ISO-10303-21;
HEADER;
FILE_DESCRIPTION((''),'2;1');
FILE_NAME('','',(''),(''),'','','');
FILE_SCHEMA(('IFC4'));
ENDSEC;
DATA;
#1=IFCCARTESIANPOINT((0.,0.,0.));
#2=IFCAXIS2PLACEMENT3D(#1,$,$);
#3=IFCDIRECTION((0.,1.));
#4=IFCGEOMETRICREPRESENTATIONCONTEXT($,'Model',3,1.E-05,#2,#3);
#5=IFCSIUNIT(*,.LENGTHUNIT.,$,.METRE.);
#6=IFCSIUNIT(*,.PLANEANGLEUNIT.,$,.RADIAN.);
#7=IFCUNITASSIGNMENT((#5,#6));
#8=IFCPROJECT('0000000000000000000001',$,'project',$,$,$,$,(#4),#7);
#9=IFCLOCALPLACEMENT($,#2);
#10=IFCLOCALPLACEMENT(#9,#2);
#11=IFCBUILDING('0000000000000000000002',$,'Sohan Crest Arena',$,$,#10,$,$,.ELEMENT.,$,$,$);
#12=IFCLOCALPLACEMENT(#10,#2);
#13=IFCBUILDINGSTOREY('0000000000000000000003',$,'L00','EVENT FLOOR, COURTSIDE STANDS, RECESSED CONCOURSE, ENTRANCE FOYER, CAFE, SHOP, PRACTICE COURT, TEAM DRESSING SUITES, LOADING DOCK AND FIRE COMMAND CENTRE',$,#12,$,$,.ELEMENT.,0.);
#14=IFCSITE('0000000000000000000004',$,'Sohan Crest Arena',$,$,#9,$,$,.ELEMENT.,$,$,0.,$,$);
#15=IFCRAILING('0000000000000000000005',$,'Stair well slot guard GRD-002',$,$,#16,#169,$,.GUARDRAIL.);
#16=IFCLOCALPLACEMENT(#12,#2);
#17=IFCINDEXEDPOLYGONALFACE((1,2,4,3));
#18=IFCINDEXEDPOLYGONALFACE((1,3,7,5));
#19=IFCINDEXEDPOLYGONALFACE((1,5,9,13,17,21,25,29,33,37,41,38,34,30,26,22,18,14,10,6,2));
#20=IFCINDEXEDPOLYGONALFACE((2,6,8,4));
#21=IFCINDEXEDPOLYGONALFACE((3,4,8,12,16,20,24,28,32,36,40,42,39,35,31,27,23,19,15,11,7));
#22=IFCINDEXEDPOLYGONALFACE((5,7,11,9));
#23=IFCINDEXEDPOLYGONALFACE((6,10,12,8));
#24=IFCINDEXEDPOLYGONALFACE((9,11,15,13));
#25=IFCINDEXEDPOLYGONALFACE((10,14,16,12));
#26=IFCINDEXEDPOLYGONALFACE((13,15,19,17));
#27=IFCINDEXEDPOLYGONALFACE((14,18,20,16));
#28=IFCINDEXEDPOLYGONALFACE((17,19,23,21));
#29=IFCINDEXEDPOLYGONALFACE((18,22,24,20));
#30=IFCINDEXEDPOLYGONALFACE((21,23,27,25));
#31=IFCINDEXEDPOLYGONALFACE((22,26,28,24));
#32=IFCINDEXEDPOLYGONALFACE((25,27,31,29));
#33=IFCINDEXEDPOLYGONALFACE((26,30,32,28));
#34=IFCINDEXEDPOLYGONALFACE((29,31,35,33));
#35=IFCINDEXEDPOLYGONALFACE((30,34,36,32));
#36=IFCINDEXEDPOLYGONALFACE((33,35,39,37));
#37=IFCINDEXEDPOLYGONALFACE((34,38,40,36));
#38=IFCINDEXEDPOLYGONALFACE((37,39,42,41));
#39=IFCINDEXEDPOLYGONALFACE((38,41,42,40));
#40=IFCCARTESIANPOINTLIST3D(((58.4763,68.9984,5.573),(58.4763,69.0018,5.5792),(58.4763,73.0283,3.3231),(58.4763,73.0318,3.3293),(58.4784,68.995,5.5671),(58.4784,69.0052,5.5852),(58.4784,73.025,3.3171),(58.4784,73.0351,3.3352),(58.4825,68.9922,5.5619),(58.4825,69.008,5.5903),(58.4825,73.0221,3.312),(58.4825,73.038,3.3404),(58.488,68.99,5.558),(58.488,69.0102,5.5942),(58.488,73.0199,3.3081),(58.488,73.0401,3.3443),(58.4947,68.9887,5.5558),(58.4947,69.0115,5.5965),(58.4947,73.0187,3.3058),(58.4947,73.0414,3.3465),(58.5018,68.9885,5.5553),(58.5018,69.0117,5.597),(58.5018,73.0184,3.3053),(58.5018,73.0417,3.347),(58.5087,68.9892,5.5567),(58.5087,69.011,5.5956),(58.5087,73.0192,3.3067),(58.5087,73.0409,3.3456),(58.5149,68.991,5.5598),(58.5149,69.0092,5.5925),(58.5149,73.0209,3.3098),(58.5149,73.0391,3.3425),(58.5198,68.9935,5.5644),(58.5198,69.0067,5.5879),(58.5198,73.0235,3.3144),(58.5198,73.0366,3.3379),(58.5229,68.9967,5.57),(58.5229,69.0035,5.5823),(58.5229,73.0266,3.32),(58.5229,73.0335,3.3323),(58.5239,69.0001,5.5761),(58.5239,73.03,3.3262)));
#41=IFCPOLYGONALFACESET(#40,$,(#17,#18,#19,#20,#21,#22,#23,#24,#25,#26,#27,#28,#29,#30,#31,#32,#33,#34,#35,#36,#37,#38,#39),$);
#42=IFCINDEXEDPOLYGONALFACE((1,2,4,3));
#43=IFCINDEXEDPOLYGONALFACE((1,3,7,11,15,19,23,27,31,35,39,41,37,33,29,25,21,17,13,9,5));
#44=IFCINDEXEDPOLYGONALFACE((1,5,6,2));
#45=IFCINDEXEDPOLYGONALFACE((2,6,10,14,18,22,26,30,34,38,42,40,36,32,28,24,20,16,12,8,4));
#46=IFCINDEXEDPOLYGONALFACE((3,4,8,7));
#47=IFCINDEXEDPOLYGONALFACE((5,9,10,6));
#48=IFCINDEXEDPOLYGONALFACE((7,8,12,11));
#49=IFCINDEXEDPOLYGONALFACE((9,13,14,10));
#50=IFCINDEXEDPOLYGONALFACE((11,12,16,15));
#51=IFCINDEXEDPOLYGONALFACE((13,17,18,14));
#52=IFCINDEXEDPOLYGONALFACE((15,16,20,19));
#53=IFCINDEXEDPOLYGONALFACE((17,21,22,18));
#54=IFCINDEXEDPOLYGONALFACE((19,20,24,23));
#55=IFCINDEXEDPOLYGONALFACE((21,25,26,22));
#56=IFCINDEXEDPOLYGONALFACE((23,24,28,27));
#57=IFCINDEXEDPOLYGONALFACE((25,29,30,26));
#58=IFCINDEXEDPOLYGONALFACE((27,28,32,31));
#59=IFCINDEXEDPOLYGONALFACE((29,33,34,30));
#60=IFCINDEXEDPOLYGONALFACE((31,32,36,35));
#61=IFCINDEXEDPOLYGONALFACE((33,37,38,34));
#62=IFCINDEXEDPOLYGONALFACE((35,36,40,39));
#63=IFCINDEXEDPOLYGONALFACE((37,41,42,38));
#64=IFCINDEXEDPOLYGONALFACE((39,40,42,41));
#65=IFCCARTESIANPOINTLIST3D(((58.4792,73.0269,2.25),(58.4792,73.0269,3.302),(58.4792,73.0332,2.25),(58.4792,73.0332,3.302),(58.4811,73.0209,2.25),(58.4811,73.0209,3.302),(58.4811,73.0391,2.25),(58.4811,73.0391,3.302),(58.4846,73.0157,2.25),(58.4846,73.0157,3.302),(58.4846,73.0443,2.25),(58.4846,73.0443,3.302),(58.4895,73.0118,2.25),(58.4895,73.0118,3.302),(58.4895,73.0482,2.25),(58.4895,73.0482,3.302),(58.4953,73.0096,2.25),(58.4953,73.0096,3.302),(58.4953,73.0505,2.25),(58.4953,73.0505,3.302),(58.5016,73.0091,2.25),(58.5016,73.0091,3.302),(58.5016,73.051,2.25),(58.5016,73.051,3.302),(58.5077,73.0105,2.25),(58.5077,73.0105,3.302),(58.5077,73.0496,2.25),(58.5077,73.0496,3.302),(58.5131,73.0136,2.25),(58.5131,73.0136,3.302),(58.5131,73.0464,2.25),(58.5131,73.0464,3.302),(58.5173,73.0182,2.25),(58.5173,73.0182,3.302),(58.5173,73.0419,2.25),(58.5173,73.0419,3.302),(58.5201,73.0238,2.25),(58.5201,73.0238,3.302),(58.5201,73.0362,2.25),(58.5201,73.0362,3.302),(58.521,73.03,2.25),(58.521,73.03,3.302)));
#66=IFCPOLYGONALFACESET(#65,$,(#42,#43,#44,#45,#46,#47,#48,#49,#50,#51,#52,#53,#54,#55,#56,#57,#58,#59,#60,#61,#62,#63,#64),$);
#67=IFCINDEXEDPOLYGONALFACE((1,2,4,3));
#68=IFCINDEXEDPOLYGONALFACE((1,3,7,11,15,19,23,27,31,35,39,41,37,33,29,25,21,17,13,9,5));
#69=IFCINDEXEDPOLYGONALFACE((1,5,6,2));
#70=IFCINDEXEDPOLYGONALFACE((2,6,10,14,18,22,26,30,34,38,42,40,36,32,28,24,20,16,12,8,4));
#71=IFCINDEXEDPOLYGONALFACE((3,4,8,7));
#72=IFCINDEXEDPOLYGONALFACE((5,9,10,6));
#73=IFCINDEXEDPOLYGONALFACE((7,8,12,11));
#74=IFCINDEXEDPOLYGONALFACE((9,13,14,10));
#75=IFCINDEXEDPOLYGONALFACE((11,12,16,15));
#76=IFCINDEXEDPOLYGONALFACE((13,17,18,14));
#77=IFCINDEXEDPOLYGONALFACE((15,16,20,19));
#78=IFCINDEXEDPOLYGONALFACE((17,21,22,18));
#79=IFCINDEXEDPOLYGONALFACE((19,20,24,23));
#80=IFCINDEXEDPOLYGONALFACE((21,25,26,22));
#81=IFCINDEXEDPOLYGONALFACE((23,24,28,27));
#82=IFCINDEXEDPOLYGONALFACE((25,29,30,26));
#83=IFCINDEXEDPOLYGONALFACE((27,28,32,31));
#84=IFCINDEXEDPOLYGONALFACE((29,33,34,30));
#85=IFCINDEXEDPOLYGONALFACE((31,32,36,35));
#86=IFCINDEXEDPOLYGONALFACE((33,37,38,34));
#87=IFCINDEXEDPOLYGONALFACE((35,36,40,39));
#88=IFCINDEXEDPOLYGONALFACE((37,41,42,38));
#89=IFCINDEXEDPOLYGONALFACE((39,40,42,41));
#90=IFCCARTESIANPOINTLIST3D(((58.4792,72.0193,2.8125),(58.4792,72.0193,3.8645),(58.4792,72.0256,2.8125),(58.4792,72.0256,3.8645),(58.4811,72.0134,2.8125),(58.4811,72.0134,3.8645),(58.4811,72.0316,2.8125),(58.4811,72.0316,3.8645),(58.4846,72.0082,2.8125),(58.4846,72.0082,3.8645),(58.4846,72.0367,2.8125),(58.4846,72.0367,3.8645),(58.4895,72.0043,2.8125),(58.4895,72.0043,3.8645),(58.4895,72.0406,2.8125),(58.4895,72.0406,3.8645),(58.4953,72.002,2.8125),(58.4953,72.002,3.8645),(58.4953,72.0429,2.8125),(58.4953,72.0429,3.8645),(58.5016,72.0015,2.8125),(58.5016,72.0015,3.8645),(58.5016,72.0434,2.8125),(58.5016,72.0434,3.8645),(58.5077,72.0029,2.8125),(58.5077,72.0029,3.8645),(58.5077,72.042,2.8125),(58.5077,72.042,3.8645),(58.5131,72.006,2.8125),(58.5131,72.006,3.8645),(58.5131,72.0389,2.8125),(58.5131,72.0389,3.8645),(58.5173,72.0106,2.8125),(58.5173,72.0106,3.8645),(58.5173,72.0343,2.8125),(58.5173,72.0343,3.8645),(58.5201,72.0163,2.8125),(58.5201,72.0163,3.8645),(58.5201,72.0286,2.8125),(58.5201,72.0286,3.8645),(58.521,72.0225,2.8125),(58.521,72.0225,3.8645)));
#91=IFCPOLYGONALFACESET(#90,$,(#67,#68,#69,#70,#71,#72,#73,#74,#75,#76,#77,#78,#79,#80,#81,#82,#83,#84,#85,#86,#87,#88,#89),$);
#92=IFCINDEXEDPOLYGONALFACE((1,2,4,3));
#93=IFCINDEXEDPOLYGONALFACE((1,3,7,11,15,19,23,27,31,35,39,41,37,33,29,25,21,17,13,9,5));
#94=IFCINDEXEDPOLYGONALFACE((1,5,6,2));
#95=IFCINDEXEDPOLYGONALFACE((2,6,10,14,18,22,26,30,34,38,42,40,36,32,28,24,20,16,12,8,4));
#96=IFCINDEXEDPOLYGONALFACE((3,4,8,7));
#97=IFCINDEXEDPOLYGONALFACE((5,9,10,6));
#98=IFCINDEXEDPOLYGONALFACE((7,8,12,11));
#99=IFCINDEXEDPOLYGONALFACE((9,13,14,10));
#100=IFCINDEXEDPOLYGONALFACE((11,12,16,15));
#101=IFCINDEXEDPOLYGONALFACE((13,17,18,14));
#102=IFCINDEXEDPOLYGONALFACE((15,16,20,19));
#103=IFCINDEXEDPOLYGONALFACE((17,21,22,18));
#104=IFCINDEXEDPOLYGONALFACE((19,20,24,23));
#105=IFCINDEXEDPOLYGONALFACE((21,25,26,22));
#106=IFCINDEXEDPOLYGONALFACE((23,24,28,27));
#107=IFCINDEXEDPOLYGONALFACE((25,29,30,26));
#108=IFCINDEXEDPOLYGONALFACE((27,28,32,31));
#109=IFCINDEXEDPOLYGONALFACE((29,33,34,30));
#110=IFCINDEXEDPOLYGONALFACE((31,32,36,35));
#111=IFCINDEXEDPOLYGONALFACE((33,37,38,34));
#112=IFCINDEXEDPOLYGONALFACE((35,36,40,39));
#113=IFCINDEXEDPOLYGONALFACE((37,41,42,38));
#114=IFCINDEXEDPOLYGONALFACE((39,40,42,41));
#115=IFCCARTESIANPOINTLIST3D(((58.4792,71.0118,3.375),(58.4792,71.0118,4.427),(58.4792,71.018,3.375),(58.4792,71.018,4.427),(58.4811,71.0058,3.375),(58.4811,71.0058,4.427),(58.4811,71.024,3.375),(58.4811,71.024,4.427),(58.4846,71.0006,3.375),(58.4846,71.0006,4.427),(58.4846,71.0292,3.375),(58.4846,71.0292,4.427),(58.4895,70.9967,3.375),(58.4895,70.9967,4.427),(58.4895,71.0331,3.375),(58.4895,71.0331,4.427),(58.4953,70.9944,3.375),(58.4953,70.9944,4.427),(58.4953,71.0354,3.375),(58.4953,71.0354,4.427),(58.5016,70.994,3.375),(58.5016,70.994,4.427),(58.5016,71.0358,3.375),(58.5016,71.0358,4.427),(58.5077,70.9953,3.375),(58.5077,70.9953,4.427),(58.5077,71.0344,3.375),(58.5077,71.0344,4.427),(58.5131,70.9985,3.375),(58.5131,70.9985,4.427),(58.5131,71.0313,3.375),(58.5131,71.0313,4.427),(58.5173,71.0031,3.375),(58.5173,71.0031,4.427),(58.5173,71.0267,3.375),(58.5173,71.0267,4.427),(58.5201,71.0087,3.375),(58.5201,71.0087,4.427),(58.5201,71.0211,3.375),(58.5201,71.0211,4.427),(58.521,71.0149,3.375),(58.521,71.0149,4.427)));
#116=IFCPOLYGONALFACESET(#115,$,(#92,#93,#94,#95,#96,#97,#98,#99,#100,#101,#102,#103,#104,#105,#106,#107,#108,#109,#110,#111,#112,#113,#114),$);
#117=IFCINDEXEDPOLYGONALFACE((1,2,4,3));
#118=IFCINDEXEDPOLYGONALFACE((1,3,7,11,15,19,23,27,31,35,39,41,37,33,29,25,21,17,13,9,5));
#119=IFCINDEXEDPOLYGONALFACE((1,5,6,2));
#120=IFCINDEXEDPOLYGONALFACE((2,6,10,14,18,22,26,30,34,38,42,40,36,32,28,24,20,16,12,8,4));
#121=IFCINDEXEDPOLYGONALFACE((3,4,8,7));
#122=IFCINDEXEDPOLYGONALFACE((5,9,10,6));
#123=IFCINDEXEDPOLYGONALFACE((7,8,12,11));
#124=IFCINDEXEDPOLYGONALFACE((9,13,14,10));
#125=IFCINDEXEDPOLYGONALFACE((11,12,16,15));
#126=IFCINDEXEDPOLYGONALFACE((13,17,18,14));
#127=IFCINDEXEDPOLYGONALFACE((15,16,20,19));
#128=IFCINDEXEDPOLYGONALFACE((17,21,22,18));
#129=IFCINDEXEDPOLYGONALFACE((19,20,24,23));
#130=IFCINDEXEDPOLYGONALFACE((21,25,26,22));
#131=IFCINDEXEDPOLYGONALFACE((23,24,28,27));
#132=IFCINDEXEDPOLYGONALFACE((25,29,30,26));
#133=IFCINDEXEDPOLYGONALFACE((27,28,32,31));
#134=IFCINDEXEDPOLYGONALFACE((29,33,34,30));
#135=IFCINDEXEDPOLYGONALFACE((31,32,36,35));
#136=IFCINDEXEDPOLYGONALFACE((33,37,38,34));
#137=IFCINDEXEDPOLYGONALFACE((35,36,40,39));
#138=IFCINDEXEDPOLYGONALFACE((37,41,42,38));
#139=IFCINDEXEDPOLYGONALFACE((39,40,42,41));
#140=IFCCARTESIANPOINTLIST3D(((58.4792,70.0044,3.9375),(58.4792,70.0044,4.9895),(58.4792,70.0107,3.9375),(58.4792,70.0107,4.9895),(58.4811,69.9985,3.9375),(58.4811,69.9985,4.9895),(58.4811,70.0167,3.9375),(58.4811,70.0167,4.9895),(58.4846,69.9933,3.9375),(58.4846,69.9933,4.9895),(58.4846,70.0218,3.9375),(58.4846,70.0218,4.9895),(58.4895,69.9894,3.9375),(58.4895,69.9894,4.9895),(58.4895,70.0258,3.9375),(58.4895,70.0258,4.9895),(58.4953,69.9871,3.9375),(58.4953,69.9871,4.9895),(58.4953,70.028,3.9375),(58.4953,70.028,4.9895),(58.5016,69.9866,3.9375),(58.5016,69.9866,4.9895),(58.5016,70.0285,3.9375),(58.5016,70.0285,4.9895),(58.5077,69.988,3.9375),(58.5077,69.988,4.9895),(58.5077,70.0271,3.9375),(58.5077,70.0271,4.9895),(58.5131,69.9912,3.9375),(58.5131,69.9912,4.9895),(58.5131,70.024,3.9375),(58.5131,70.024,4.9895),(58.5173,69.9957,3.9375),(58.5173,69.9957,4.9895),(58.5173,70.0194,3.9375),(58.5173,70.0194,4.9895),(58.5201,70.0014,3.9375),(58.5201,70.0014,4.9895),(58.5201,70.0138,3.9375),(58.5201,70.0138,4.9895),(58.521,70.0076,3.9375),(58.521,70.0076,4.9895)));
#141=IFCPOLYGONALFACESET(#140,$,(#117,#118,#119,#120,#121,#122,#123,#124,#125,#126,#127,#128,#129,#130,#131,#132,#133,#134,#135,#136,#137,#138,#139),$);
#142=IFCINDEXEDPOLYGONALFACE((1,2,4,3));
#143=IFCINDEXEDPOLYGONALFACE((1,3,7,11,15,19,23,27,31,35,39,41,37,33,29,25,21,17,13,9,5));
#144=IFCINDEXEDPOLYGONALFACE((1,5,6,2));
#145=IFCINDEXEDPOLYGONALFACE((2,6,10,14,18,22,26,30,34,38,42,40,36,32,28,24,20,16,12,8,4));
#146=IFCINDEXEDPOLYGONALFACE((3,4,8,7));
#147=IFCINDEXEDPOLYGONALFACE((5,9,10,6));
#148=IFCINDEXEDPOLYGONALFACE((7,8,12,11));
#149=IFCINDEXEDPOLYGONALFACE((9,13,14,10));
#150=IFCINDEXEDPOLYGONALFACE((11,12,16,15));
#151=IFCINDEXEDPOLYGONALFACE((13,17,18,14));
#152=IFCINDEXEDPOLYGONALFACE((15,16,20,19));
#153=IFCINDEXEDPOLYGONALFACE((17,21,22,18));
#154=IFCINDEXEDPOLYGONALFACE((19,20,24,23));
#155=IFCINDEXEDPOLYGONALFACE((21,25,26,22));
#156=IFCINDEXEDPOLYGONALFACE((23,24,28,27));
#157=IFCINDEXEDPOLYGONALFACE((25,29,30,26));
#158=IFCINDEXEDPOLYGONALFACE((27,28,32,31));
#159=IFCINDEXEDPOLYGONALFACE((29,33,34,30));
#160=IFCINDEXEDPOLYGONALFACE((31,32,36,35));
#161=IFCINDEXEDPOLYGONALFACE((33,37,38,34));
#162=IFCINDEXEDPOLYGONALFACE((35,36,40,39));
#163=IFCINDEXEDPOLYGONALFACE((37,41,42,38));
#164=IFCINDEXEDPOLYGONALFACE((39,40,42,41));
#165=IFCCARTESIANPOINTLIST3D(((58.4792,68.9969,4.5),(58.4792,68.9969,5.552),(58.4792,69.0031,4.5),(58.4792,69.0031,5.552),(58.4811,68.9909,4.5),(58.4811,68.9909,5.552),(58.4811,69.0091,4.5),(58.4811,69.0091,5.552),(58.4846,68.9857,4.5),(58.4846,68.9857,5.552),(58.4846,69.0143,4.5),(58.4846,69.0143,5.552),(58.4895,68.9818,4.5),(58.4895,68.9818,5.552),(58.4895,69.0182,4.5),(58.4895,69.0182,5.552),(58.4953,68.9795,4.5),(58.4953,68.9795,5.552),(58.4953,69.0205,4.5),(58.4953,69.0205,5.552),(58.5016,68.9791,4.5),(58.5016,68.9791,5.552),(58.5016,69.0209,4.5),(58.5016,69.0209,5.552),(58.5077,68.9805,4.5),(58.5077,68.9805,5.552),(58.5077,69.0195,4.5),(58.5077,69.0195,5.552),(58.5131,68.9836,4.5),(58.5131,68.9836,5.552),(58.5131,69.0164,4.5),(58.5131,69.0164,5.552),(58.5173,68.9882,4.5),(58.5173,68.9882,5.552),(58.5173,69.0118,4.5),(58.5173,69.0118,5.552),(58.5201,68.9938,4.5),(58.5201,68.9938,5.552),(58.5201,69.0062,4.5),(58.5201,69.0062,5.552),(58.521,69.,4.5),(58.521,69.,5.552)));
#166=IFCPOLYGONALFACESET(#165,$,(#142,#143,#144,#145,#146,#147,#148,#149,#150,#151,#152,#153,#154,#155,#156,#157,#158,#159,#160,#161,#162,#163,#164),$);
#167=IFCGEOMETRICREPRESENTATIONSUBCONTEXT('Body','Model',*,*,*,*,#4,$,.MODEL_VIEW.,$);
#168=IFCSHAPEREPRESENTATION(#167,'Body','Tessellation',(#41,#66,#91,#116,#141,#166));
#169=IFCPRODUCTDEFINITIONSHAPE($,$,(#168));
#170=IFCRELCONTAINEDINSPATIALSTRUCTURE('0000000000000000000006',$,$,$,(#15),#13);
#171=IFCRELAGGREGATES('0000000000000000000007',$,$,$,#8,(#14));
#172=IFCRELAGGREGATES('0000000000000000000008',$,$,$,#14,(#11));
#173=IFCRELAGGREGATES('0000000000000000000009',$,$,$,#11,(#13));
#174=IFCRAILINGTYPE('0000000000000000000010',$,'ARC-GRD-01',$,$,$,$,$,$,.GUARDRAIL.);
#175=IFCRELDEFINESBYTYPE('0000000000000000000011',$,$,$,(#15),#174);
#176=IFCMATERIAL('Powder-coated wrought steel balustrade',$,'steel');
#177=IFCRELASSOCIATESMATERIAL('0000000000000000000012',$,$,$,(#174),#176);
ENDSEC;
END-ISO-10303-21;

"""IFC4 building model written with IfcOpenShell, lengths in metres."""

from ifc_helpers import new_model, si_unit, direction, frame, origin, origin_2d, place, context, subcontext, project, spatial, circle, extrude, material, type_object, element, save


model = new_model("IFC4")

# Units and contexts
model_context = context("Model", 3, precision=1e-05, world=origin(), true_north=direction((0.0, 1.0)))
body_context = subcontext(model_context, "Body", "Model", "MODEL_VIEW")
ifc_project = project(units=[si_unit("LENGTHUNIT", "METRE"), si_unit("PLANEANGLEUNIT", "RADIAN")], contexts=[model_context])

# Site, building, storey
site_placement = place(None, origin())
site = spatial("IfcSite", under=ifc_project, at=site_placement, Name="Sohan Crest Arena", CompositionType="ELEMENT", RefElevation=0.0)
building_placement = place(site_placement, origin())
building = spatial("IfcBuilding", under=site, at=building_placement, Name="Sohan Crest Arena", CompositionType="ELEMENT")
storey_placement = place(building_placement, origin())
storey = spatial("IfcBuildingStorey", under=building, at=storey_placement, Name="L00", Description="EVENT FLOOR, COURTSIDE STANDS, RECESSED CONCOURSE, ENTRANCE FOYER, CAFE, SHOP, PRACTICE COURT, TEAM DRESSING SUITES, LOADING DOCK AND FIRE COMMAND CENTRE", CompositionType="ELEMENT", Elevation=0.0)

# Railing
ifc_material_1 = material(Name="Powder-coated wrought steel balustrade", Category="steel")
railing_type_1 = type_object("IfcRailingType", Name="ARC-GRD-01", PredefinedType="GUARDRAIL", material=ifc_material_1)
railing_placement = place(storey_placement, frame((58.5, 73.03, 2.25)))
element("IfcRailing", 1, at=railing_placement, inside=storey, type_object=railing_type_1, Name="Stair well slot guard GRD-002", PredefinedType="GUARDRAIL", context=body_context, shape_type="SweptSolid", body=[
    extrude(circle(Radius=0.0239, at=origin_2d()), frame((0.0, 0.0, 1.0762), z_axis=(0.0, -0.873135, 0.487479), x_axis=(1.0, 0.0, 0.0)), (0.0, 0.0, 1.0), 4.6155),
    extrude(circle(Radius=0.021, at=origin_2d()), origin(), (0.0, 0.0, 1.0), 1.052),
    extrude(circle(Radius=0.021, at=origin_2d()), frame((0.0, -1.0076, 0.5625)), (0.0, 0.0, 1.0), 1.052),
    extrude(circle(Radius=0.021, at=origin_2d()), frame((0.0, -2.0151, 1.125)), (0.0, 0.0, 1.0), 1.052),
    extrude(circle(Radius=0.021, at=origin_2d()), frame((0.0, -3.0225, 1.6875)), (0.0, 0.0, 1.0), 1.052),
    extrude(circle(Radius=0.021, at=origin_2d()), frame((0.0, -4.03, 2.25)), (0.0, 0.0, 1.0), 1.052),
])

save(model, "model.ifc")
